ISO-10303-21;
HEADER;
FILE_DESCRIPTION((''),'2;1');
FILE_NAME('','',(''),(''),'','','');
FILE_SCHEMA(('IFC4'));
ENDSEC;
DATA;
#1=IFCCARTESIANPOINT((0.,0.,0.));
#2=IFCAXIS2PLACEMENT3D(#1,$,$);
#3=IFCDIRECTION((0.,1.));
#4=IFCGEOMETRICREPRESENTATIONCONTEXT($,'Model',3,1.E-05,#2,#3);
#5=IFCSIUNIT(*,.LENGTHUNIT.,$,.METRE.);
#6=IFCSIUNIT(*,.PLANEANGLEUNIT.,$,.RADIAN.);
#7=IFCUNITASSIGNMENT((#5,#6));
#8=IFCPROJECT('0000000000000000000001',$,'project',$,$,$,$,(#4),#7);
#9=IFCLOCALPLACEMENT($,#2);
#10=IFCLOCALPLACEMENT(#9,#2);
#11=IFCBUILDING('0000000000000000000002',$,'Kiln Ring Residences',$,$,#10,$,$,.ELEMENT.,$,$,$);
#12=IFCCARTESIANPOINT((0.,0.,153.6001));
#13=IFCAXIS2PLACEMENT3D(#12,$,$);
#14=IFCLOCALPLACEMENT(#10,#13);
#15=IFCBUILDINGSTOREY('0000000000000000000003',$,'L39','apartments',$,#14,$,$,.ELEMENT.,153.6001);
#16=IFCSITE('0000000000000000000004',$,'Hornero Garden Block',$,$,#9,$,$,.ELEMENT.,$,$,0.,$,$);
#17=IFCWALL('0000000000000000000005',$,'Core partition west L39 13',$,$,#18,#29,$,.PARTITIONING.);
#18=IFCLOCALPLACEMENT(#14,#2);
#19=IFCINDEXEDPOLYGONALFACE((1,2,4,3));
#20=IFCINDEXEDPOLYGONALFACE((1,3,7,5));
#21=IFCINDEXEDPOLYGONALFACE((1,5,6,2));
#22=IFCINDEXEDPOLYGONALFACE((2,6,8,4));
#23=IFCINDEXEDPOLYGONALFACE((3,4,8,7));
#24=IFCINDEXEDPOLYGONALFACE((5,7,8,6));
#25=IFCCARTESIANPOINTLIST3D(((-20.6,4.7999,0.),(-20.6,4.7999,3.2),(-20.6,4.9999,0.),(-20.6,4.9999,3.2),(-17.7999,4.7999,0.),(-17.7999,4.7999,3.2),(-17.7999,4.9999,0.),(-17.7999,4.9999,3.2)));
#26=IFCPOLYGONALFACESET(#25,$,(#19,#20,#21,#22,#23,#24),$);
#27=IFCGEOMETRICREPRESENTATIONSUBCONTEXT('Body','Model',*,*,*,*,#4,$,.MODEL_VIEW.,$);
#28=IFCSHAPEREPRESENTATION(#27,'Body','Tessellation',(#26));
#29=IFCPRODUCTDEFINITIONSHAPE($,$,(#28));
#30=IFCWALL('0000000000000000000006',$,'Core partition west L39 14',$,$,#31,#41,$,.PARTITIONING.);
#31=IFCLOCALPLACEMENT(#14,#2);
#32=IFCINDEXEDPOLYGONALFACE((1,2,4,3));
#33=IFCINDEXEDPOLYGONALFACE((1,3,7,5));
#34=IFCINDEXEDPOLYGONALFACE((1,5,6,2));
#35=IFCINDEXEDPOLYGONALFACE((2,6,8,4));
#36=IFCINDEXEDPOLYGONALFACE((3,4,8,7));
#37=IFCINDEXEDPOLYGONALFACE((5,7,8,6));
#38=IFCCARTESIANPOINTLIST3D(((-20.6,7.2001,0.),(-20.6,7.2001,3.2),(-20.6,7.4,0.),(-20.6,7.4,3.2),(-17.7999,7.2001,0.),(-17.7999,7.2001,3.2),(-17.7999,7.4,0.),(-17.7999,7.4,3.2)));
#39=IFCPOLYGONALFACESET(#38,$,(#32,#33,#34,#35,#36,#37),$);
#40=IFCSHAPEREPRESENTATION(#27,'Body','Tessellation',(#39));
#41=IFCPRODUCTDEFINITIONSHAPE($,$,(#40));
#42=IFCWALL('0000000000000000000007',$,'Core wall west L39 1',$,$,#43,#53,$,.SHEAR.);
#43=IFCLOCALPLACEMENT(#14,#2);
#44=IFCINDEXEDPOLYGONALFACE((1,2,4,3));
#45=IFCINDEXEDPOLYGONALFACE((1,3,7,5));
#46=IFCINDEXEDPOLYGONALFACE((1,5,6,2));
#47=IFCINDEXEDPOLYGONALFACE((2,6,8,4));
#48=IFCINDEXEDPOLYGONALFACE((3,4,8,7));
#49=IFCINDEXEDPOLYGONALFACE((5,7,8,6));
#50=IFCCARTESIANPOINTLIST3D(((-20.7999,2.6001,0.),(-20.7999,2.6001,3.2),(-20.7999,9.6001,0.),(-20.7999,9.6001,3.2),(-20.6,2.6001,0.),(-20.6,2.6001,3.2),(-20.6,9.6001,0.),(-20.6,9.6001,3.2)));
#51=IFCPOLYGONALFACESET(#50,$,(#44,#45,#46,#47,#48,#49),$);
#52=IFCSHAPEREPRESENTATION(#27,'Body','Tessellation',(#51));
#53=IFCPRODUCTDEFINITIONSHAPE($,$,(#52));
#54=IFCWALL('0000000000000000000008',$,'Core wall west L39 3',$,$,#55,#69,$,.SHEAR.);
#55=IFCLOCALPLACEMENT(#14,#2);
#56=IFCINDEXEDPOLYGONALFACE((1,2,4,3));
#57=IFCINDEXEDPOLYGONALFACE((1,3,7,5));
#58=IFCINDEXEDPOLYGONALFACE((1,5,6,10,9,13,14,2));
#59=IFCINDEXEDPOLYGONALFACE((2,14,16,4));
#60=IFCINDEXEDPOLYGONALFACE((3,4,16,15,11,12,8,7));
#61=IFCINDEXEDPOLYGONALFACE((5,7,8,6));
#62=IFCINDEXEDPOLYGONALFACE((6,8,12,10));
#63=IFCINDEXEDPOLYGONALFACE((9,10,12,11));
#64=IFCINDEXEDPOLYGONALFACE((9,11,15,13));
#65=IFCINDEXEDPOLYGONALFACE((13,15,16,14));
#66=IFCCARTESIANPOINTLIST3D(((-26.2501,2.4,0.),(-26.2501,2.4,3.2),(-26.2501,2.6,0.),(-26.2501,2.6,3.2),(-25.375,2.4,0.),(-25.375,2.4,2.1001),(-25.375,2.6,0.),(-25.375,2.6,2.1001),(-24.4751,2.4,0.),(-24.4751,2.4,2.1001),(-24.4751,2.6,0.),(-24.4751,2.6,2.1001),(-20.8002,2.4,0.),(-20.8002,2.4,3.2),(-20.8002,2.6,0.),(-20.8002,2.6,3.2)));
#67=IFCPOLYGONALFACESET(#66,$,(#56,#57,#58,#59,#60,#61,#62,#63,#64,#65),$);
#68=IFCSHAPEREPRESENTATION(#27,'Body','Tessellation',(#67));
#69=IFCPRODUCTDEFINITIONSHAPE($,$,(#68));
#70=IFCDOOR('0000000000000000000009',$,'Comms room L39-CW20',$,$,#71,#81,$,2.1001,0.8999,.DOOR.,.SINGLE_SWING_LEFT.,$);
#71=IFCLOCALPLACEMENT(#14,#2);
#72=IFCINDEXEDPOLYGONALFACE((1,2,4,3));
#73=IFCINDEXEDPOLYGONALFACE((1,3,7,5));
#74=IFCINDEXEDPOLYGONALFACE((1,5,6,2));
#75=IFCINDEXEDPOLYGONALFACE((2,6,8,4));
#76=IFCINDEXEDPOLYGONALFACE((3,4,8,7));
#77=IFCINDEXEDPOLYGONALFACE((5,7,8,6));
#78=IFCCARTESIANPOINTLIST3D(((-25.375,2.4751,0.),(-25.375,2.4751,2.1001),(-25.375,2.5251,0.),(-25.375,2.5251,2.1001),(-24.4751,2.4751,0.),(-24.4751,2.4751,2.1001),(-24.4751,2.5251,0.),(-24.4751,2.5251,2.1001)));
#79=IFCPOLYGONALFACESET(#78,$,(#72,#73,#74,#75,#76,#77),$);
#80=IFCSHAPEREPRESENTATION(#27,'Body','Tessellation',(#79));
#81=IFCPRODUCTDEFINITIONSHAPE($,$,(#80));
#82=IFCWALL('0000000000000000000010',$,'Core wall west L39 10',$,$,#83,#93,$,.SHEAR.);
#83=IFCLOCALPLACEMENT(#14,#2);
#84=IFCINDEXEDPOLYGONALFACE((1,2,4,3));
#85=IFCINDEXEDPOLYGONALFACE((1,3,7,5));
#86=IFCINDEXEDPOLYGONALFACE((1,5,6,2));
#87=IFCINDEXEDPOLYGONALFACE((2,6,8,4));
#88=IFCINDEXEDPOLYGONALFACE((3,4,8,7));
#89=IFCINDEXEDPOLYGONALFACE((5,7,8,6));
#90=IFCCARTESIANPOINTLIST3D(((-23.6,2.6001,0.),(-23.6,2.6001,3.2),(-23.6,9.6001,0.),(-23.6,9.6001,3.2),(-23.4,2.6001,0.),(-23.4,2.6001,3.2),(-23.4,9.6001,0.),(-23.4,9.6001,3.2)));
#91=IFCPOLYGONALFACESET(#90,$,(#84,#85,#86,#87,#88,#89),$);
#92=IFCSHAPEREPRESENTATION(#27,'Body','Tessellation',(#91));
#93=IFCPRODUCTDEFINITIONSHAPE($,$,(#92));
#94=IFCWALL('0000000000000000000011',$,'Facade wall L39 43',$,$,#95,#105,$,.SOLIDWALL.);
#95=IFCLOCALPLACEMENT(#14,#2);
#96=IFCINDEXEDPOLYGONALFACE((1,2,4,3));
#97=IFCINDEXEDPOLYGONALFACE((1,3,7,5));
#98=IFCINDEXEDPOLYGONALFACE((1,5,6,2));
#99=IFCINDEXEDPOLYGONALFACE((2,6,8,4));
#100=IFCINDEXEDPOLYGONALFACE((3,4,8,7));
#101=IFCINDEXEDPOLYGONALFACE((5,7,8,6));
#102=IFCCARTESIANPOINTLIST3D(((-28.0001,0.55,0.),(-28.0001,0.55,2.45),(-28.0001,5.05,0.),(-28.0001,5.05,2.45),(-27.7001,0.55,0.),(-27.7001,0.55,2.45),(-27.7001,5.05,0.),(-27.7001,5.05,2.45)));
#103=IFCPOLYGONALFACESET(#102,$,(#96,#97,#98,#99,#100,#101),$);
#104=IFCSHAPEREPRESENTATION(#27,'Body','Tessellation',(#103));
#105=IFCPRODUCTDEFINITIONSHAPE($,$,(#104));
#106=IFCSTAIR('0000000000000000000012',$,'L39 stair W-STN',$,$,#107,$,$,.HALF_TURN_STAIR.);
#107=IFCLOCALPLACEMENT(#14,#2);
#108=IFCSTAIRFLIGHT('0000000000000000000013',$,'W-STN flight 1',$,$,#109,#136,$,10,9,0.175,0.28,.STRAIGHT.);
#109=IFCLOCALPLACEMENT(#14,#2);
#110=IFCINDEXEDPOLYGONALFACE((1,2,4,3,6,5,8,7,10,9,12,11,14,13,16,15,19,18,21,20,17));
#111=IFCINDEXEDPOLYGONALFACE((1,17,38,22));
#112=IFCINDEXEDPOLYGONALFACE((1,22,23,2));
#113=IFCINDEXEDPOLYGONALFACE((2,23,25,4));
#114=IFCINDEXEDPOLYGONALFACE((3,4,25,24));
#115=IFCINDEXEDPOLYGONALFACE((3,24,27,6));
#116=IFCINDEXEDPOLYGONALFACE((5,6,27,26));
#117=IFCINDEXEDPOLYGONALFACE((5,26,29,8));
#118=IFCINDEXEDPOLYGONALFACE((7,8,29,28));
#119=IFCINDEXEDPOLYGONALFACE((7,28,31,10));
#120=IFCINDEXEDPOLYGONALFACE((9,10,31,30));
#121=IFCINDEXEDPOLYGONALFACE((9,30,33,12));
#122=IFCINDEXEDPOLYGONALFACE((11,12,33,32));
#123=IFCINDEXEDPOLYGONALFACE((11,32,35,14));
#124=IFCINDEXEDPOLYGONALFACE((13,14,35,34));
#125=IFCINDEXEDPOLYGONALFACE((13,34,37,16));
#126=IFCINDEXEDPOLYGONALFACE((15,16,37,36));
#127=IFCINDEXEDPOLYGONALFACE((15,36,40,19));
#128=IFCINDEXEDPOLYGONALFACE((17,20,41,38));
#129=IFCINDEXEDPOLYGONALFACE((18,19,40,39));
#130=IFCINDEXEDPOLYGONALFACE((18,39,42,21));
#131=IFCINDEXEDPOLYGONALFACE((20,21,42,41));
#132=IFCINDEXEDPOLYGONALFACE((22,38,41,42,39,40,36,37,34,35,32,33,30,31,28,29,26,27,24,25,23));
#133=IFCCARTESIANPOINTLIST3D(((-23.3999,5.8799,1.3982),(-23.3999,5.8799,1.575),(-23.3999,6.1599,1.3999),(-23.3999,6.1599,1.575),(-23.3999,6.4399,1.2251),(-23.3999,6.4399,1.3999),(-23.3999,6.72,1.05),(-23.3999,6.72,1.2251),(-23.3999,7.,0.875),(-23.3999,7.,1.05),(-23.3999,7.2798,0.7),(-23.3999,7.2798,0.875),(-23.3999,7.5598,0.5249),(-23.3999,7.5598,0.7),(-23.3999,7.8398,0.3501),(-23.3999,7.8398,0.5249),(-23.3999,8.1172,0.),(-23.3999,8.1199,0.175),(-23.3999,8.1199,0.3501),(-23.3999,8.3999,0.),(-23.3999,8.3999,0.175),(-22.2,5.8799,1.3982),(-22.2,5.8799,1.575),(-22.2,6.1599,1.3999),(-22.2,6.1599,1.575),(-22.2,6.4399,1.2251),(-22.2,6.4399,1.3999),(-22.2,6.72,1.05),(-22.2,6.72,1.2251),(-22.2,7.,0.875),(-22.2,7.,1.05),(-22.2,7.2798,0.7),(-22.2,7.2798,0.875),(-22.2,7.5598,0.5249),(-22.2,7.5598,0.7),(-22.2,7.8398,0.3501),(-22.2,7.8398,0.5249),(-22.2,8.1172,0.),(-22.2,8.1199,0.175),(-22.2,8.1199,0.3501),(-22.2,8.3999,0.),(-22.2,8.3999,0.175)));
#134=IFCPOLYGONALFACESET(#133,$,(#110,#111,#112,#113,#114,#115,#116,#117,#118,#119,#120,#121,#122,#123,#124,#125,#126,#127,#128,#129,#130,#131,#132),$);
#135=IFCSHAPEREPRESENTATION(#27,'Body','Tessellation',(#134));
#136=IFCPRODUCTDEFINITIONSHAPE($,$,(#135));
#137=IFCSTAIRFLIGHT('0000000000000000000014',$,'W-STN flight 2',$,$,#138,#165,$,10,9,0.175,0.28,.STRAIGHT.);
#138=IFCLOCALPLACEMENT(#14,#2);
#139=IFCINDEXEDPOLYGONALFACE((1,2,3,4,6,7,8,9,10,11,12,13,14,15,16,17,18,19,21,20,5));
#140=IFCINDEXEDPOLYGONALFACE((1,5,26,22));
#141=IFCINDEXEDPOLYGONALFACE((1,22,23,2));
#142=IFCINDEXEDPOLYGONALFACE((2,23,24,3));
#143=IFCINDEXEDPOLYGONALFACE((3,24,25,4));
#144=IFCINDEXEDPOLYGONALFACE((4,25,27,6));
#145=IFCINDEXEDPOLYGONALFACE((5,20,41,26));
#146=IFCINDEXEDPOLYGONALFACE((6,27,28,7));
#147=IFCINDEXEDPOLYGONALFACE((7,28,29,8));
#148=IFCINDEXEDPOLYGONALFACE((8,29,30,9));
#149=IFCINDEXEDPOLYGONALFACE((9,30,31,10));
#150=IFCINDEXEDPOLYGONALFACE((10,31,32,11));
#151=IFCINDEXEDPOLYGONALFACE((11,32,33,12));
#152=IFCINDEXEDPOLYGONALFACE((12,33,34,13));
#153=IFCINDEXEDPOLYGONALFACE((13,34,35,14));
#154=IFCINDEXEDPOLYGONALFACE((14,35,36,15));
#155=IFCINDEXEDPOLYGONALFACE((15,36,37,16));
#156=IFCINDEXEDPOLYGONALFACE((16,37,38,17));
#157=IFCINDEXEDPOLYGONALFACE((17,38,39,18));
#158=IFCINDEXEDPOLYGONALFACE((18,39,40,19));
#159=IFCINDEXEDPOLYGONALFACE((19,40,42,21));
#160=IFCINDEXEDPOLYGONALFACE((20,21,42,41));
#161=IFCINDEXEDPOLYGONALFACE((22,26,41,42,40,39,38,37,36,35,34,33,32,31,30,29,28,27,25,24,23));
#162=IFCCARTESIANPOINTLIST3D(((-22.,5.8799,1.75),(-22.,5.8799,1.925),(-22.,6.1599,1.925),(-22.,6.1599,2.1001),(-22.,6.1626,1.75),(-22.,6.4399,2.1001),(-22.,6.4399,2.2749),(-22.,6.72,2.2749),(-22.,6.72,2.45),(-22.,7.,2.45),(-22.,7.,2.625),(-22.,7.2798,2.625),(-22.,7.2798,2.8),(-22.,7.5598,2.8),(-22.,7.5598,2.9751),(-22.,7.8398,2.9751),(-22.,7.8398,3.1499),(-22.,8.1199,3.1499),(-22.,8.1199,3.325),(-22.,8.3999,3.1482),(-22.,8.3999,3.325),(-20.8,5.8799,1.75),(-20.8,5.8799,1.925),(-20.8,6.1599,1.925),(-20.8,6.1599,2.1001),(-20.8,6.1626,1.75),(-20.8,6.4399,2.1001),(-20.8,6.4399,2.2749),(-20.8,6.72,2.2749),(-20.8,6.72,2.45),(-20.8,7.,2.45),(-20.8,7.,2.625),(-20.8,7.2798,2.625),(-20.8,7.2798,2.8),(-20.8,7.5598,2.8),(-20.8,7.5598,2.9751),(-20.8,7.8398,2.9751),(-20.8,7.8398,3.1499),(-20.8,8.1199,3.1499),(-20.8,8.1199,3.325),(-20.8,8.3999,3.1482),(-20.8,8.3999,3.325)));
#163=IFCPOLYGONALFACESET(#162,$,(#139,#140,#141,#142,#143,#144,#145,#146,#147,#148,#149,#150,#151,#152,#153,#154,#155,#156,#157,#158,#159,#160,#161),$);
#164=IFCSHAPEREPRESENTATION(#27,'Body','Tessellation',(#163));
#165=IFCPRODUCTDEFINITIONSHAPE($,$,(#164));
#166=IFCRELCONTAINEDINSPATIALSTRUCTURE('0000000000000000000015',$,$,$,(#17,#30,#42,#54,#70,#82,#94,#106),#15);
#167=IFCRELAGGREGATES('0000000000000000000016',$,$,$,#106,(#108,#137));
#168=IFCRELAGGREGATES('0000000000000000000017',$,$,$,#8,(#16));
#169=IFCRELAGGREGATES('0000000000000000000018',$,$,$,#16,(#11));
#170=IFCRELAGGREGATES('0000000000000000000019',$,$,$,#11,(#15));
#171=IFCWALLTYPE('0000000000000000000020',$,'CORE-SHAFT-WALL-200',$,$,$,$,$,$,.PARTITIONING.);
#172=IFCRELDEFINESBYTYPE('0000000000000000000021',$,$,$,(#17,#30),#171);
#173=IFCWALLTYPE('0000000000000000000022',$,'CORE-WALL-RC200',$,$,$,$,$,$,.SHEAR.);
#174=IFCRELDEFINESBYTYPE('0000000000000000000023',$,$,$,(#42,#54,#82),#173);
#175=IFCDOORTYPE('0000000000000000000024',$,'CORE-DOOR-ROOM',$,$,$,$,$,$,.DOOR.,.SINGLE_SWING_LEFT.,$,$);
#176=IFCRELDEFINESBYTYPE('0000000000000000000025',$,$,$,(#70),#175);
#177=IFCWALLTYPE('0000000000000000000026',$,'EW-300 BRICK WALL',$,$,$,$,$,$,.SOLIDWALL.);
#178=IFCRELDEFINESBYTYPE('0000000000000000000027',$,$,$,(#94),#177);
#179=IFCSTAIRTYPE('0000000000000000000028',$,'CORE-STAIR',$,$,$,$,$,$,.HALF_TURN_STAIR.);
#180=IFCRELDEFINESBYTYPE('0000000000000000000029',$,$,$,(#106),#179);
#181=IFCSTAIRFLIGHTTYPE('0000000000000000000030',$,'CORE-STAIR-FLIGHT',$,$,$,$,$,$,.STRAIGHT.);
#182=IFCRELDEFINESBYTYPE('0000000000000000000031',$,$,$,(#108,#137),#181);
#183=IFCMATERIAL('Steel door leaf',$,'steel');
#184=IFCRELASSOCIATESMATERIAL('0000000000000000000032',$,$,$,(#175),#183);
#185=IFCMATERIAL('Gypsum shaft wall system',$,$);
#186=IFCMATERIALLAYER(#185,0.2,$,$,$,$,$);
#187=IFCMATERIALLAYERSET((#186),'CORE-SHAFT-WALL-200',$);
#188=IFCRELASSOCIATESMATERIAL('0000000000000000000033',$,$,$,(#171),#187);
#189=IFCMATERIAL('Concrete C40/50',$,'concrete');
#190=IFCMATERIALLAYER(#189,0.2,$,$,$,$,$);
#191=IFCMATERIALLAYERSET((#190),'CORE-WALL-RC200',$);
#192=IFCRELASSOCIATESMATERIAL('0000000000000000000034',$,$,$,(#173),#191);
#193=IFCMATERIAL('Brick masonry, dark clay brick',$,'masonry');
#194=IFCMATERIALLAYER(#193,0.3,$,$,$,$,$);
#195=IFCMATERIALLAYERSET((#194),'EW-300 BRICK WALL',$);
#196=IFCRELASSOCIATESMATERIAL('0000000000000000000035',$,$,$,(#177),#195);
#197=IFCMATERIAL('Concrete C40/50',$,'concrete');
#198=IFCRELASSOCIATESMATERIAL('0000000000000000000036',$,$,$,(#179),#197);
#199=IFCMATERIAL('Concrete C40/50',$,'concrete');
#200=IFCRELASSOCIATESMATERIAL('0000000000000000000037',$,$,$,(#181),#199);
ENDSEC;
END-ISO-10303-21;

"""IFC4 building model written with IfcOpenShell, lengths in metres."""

from ifc_helpers import new_model, si_unit, direction, frame, frame_2d, origin, place, context, subcontext, project, spatial, polyline, rectangle, outline, extrude, material, layer, layer_set, type_object, element, fill, aggregate, save


model = new_model("IFC4")

# Units and contexts
model_context = context("Model", 3, precision=1e-05, world=origin(), true_north=direction((0.0, 1.0)))
body_context = subcontext(model_context, "Body", "Model", "MODEL_VIEW")
ifc_project = project(units=[si_unit("LENGTHUNIT", "METRE"), si_unit("PLANEANGLEUNIT", "RADIAN")], contexts=[model_context])

# Site, building, storey
site_placement = place(None, origin())
site = spatial("IfcSite", under=ifc_project, at=site_placement, Name="Hornero Garden Block", CompositionType="ELEMENT", RefElevation=0.0)
building_placement = place(site_placement, origin())
building = spatial("IfcBuilding", under=site, at=building_placement, Name="Kiln Ring Residences", CompositionType="ELEMENT")
storey_placement = place(building_placement, frame((0.0, 0.0, 153.6001)))
storey = spatial("IfcBuildingStorey", under=building, at=storey_placement, Name="L39", Description="apartments", CompositionType="ELEMENT", Elevation=153.6001)

# Shared definitions
ifc_material_1 = material(Name="Steel door leaf", Category="steel")
door_type = type_object("IfcDoorType", Name="CORE-DOOR-ROOM", OperationType="SINGLE_SWING_LEFT", PredefinedType="DOOR", material=ifc_material_1)

# Walls
ifc_material_2 = material(Name="Gypsum shaft wall system")
ifc_layer_1 = layer(ifc_material_2, 0.2)
ifc_layer_set_1 = layer_set([ifc_layer_1], Name="CORE-SHAFT-WALL-200")
wall_type_1 = type_object("IfcWallType", Name="CORE-SHAFT-WALL-200", PredefinedType="PARTITIONING", material=ifc_layer_set_1)
for number, where, z_axis, x_axis, name in (
    (1, (-17.8, 4.8999, 0.0), (0.0, 0.0, 1.0), (-1.0, 0.0, 0.0), "Core partition west L39 13"),
    (2, (-17.8, 7.3, 0.0), (0.0, 0.0, 1.0), (-1.0, 0.0, 0.0), "Core partition west L39 14"),
):
    element("IfcWall", number, at=place(storey_placement, frame(where, z_axis=z_axis, x_axis=x_axis)), inside=storey, type_object=wall_type_1, Name=name, PredefinedType="PARTITIONING", context=body_context, shape_type="SweptSolid", body=[
        extrude(rectangle(XDim=2.8, YDim=0.2, at=frame_2d((1.3999, 0.0))), origin(), (0.0, 0.0, 1.0), 3.2),
    ])
ifc_material_3 = material(Name="Concrete C40/50", Category="concrete")
ifc_layer_2 = layer(ifc_material_3, 0.2)
ifc_layer_set_2 = layer_set([ifc_layer_2], Name="CORE-WALL-RC200")
wall_type_2 = type_object("IfcWallType", Name="CORE-WALL-RC200", PredefinedType="SHEAR", material=ifc_layer_set_2)
wall_1_placement = place(storey_placement, frame((-20.7, 2.6001, 0.0), z_axis=(0.0, 0.0, 1.0), x_axis=(0.0, 1.0, 0.0)))
element("IfcWall", 3, at=wall_1_placement, inside=storey, type_object=wall_type_2, Name="Core wall west L39 1", PredefinedType="SHEAR", context=body_context, shape_type="SweptSolid", body=[
    extrude(rectangle(XDim=7.0, YDim=0.2, at=frame_2d((3.5, 0.0))), origin(), (0.0, 0.0, 1.0), 3.2),
])

# Wall, opening, door
wall_2_placement = place(storey_placement, frame((-20.8, 2.5, 0.0), z_axis=(0.0, 0.0, 1.0), x_axis=(-1.0, 0.0, 0.0)))
wall_2 = element("IfcWall", 4, at=wall_2_placement, inside=storey, type_object=wall_type_2, Name="Core wall west L39 3", PredefinedType="SHEAR", context=body_context, shape_type="SweptSolid", body=[
    extrude(rectangle(XDim=5.45, YDim=0.2, at=frame_2d((2.7251, 0.0))), origin(), (0.0, 0.0, 1.0), 3.2),
])
opening_1_placement = place(wall_2_placement, frame((3.675, 0.0, 0.0)))
opening_1 = element("IfcOpeningElement", 5, at=opening_1_placement, cuts=wall_2, PredefinedType="OPENING", context=body_context, shape_type="SweptSolid", body=[
    extrude(rectangle(XDim=0.8999, YDim=2.1001, at=frame_2d((0.45, 1.05))), frame((0.0, 0.1099, 0.0), z_axis=(0.0, -1.0, 0.0), x_axis=(1.0, 0.0, 0.0)), (0.0, 0.0, 1.0), 0.22),
])
door_1_placement = place(opening_1_placement, origin())
door_1 = element("IfcDoor", 6, at=door_1_placement, inside=storey, type_object=door_type, Name="Comms room L39-CW20", OperationType="SINGLE_SWING_LEFT", OverallHeight=2.1001, OverallWidth=0.8999, PredefinedType="DOOR", context=body_context, shape_type="SweptSolid", body=[
    extrude(rectangle(XDim=0.8999, YDim=2.1001, at=frame_2d((0.45, 1.05))), frame((0.0, 0.0249, 0.0), z_axis=(0.0, -1.0, 0.0), x_axis=(1.0, 0.0, 0.0)), (0.0, 0.0, 1.0), 0.05),
])
fill(opening_1, door_1)

# Walls
wall_3_placement = place(storey_placement, frame((-23.5, 2.6001, 0.0), z_axis=(0.0, 0.0, 1.0), x_axis=(0.0, 1.0, 0.0)))
element("IfcWall", 7, at=wall_3_placement, inside=storey, type_object=wall_type_2, Name="Core wall west L39 10", PredefinedType="SHEAR", context=body_context, shape_type="SweptSolid", body=[
    extrude(rectangle(XDim=7.0, YDim=0.2, at=frame_2d((3.5, 0.0))), origin(), (0.0, 0.0, 1.0), 3.2),
])
ifc_material_4 = material(Name="Brick masonry, dark clay brick", Category="masonry")
ifc_layer_3 = layer(ifc_material_4, 0.3)
ifc_layer_set_3 = layer_set([ifc_layer_3], Name="EW-300 BRICK WALL")
wall_type_3 = type_object("IfcWallType", Name="EW-300 BRICK WALL", PredefinedType="SOLIDWALL", material=ifc_layer_set_3)
wall_4_placement = place(storey_placement, frame((-27.8501, 5.05, 0.0), z_axis=(0.0, 0.0, 1.0), x_axis=(0.0, -1.0, 0.0)))
element("IfcWall", 8, at=wall_4_placement, inside=storey, type_object=wall_type_3, Name="Facade wall L39 43", PredefinedType="SOLIDWALL", context=body_context, shape_type="SweptSolid", body=[
    extrude(rectangle(XDim=4.5, YDim=0.3, at=frame_2d((2.25, 0.0))), origin(), (0.0, 0.0, 1.0), 2.45),
])

# Stair, stair flights
ifc_material_5 = material(Name="Concrete C40/50", Category="concrete")
stair_type = type_object("IfcStairType", Name="CORE-STAIR", PredefinedType="HALF_TURN_STAIR", material=ifc_material_5)
stair_placement = place(storey_placement, origin())
stair = element("IfcStair", 9, at=stair_placement, inside=storey, type_object=stair_type, Name="L39 stair W-STN", PredefinedType="HALF_TURN_STAIR")
ifc_material_6 = material(Name="Concrete C40/50", Category="concrete")
stair_flight_type = type_object("IfcStairFlightType", Name="CORE-STAIR-FLIGHT", PredefinedType="STRAIGHT", material=ifc_material_6)
stair_flight_1_placement = place(storey_placement, frame((-22.8, 8.3999, 0.0), z_axis=(0.0, 0.0, 1.0), x_axis=(0.0, -1.0, 0.0)))
stair_flight_1 = element("IfcStairFlight", 10, at=stair_flight_1_placement, type_object=stair_flight_type, Name="W-STN flight 1", NumberOfRisers=10, NumberOfTreads=9, PredefinedType="STRAIGHT", RiserHeight=0.175, TreadLength=0.28, context=body_context, shape_type="SweptSolid", body=[
    extrude(outline(polyline([(0.0, 0.0), (0.0, 0.175), (0.28, 0.175), (0.28, 0.3501), (0.5601, 0.3501), (0.5601, 0.5249), (0.8401, 0.5249), (0.8401, 0.7), (1.1201, 0.7), (1.1201, 0.875), (1.3999, 0.875), (1.3999, 1.05), (1.6799, 1.05), (1.6799, 1.2251), (1.96, 1.2251), (1.96, 1.3999), (2.24, 1.3999), (2.24, 1.575), (2.52, 1.575), (2.52, 1.75), (2.52, 1.3982), (0.2827, 0.0), (0.0, 0.0)])), frame((0.0, 0.6001, 0.0), z_axis=(0.0, -1.0, 0.0), x_axis=(1.0, 0.0, 0.0)), (0.0, 0.0, 1.0), 1.2),
])
stair_flight_2_placement = place(storey_placement, frame((-21.3999, 5.8799, 1.75), z_axis=(0.0, 0.0, 1.0), x_axis=(0.0, 1.0, 0.0)))
stair_flight_2 = element("IfcStairFlight", 11, at=stair_flight_2_placement, type_object=stair_flight_type, Name="W-STN flight 2", NumberOfRisers=10, NumberOfTreads=9, PredefinedType="STRAIGHT", RiserHeight=0.175, TreadLength=0.28, context=body_context, shape_type="SweptSolid", body=[
    extrude(outline(polyline([(0.0, 0.0), (0.0, 0.175), (0.28, 0.175), (0.28, 0.3501), (0.5601, 0.3501), (0.5601, 0.5249), (0.8401, 0.5249), (0.8401, 0.7), (1.1201, 0.7), (1.1201, 0.875), (1.3999, 0.875), (1.3999, 1.05), (1.6799, 1.05), (1.6799, 1.2251), (1.96, 1.2251), (1.96, 1.3999), (2.24, 1.3999), (2.24, 1.575), (2.52, 1.575), (2.52, 1.75), (2.52, 1.3982), (0.2827, 0.0), (0.0, 0.0)])), frame((0.0, 0.6001, 0.0), z_axis=(0.0, -1.0, 0.0), x_axis=(1.0, 0.0, 0.0)), (0.0, 0.0, 1.0), 1.2),
])
aggregate(stair, [stair_flight_1, stair_flight_2])

save(model, "model.ifc")
